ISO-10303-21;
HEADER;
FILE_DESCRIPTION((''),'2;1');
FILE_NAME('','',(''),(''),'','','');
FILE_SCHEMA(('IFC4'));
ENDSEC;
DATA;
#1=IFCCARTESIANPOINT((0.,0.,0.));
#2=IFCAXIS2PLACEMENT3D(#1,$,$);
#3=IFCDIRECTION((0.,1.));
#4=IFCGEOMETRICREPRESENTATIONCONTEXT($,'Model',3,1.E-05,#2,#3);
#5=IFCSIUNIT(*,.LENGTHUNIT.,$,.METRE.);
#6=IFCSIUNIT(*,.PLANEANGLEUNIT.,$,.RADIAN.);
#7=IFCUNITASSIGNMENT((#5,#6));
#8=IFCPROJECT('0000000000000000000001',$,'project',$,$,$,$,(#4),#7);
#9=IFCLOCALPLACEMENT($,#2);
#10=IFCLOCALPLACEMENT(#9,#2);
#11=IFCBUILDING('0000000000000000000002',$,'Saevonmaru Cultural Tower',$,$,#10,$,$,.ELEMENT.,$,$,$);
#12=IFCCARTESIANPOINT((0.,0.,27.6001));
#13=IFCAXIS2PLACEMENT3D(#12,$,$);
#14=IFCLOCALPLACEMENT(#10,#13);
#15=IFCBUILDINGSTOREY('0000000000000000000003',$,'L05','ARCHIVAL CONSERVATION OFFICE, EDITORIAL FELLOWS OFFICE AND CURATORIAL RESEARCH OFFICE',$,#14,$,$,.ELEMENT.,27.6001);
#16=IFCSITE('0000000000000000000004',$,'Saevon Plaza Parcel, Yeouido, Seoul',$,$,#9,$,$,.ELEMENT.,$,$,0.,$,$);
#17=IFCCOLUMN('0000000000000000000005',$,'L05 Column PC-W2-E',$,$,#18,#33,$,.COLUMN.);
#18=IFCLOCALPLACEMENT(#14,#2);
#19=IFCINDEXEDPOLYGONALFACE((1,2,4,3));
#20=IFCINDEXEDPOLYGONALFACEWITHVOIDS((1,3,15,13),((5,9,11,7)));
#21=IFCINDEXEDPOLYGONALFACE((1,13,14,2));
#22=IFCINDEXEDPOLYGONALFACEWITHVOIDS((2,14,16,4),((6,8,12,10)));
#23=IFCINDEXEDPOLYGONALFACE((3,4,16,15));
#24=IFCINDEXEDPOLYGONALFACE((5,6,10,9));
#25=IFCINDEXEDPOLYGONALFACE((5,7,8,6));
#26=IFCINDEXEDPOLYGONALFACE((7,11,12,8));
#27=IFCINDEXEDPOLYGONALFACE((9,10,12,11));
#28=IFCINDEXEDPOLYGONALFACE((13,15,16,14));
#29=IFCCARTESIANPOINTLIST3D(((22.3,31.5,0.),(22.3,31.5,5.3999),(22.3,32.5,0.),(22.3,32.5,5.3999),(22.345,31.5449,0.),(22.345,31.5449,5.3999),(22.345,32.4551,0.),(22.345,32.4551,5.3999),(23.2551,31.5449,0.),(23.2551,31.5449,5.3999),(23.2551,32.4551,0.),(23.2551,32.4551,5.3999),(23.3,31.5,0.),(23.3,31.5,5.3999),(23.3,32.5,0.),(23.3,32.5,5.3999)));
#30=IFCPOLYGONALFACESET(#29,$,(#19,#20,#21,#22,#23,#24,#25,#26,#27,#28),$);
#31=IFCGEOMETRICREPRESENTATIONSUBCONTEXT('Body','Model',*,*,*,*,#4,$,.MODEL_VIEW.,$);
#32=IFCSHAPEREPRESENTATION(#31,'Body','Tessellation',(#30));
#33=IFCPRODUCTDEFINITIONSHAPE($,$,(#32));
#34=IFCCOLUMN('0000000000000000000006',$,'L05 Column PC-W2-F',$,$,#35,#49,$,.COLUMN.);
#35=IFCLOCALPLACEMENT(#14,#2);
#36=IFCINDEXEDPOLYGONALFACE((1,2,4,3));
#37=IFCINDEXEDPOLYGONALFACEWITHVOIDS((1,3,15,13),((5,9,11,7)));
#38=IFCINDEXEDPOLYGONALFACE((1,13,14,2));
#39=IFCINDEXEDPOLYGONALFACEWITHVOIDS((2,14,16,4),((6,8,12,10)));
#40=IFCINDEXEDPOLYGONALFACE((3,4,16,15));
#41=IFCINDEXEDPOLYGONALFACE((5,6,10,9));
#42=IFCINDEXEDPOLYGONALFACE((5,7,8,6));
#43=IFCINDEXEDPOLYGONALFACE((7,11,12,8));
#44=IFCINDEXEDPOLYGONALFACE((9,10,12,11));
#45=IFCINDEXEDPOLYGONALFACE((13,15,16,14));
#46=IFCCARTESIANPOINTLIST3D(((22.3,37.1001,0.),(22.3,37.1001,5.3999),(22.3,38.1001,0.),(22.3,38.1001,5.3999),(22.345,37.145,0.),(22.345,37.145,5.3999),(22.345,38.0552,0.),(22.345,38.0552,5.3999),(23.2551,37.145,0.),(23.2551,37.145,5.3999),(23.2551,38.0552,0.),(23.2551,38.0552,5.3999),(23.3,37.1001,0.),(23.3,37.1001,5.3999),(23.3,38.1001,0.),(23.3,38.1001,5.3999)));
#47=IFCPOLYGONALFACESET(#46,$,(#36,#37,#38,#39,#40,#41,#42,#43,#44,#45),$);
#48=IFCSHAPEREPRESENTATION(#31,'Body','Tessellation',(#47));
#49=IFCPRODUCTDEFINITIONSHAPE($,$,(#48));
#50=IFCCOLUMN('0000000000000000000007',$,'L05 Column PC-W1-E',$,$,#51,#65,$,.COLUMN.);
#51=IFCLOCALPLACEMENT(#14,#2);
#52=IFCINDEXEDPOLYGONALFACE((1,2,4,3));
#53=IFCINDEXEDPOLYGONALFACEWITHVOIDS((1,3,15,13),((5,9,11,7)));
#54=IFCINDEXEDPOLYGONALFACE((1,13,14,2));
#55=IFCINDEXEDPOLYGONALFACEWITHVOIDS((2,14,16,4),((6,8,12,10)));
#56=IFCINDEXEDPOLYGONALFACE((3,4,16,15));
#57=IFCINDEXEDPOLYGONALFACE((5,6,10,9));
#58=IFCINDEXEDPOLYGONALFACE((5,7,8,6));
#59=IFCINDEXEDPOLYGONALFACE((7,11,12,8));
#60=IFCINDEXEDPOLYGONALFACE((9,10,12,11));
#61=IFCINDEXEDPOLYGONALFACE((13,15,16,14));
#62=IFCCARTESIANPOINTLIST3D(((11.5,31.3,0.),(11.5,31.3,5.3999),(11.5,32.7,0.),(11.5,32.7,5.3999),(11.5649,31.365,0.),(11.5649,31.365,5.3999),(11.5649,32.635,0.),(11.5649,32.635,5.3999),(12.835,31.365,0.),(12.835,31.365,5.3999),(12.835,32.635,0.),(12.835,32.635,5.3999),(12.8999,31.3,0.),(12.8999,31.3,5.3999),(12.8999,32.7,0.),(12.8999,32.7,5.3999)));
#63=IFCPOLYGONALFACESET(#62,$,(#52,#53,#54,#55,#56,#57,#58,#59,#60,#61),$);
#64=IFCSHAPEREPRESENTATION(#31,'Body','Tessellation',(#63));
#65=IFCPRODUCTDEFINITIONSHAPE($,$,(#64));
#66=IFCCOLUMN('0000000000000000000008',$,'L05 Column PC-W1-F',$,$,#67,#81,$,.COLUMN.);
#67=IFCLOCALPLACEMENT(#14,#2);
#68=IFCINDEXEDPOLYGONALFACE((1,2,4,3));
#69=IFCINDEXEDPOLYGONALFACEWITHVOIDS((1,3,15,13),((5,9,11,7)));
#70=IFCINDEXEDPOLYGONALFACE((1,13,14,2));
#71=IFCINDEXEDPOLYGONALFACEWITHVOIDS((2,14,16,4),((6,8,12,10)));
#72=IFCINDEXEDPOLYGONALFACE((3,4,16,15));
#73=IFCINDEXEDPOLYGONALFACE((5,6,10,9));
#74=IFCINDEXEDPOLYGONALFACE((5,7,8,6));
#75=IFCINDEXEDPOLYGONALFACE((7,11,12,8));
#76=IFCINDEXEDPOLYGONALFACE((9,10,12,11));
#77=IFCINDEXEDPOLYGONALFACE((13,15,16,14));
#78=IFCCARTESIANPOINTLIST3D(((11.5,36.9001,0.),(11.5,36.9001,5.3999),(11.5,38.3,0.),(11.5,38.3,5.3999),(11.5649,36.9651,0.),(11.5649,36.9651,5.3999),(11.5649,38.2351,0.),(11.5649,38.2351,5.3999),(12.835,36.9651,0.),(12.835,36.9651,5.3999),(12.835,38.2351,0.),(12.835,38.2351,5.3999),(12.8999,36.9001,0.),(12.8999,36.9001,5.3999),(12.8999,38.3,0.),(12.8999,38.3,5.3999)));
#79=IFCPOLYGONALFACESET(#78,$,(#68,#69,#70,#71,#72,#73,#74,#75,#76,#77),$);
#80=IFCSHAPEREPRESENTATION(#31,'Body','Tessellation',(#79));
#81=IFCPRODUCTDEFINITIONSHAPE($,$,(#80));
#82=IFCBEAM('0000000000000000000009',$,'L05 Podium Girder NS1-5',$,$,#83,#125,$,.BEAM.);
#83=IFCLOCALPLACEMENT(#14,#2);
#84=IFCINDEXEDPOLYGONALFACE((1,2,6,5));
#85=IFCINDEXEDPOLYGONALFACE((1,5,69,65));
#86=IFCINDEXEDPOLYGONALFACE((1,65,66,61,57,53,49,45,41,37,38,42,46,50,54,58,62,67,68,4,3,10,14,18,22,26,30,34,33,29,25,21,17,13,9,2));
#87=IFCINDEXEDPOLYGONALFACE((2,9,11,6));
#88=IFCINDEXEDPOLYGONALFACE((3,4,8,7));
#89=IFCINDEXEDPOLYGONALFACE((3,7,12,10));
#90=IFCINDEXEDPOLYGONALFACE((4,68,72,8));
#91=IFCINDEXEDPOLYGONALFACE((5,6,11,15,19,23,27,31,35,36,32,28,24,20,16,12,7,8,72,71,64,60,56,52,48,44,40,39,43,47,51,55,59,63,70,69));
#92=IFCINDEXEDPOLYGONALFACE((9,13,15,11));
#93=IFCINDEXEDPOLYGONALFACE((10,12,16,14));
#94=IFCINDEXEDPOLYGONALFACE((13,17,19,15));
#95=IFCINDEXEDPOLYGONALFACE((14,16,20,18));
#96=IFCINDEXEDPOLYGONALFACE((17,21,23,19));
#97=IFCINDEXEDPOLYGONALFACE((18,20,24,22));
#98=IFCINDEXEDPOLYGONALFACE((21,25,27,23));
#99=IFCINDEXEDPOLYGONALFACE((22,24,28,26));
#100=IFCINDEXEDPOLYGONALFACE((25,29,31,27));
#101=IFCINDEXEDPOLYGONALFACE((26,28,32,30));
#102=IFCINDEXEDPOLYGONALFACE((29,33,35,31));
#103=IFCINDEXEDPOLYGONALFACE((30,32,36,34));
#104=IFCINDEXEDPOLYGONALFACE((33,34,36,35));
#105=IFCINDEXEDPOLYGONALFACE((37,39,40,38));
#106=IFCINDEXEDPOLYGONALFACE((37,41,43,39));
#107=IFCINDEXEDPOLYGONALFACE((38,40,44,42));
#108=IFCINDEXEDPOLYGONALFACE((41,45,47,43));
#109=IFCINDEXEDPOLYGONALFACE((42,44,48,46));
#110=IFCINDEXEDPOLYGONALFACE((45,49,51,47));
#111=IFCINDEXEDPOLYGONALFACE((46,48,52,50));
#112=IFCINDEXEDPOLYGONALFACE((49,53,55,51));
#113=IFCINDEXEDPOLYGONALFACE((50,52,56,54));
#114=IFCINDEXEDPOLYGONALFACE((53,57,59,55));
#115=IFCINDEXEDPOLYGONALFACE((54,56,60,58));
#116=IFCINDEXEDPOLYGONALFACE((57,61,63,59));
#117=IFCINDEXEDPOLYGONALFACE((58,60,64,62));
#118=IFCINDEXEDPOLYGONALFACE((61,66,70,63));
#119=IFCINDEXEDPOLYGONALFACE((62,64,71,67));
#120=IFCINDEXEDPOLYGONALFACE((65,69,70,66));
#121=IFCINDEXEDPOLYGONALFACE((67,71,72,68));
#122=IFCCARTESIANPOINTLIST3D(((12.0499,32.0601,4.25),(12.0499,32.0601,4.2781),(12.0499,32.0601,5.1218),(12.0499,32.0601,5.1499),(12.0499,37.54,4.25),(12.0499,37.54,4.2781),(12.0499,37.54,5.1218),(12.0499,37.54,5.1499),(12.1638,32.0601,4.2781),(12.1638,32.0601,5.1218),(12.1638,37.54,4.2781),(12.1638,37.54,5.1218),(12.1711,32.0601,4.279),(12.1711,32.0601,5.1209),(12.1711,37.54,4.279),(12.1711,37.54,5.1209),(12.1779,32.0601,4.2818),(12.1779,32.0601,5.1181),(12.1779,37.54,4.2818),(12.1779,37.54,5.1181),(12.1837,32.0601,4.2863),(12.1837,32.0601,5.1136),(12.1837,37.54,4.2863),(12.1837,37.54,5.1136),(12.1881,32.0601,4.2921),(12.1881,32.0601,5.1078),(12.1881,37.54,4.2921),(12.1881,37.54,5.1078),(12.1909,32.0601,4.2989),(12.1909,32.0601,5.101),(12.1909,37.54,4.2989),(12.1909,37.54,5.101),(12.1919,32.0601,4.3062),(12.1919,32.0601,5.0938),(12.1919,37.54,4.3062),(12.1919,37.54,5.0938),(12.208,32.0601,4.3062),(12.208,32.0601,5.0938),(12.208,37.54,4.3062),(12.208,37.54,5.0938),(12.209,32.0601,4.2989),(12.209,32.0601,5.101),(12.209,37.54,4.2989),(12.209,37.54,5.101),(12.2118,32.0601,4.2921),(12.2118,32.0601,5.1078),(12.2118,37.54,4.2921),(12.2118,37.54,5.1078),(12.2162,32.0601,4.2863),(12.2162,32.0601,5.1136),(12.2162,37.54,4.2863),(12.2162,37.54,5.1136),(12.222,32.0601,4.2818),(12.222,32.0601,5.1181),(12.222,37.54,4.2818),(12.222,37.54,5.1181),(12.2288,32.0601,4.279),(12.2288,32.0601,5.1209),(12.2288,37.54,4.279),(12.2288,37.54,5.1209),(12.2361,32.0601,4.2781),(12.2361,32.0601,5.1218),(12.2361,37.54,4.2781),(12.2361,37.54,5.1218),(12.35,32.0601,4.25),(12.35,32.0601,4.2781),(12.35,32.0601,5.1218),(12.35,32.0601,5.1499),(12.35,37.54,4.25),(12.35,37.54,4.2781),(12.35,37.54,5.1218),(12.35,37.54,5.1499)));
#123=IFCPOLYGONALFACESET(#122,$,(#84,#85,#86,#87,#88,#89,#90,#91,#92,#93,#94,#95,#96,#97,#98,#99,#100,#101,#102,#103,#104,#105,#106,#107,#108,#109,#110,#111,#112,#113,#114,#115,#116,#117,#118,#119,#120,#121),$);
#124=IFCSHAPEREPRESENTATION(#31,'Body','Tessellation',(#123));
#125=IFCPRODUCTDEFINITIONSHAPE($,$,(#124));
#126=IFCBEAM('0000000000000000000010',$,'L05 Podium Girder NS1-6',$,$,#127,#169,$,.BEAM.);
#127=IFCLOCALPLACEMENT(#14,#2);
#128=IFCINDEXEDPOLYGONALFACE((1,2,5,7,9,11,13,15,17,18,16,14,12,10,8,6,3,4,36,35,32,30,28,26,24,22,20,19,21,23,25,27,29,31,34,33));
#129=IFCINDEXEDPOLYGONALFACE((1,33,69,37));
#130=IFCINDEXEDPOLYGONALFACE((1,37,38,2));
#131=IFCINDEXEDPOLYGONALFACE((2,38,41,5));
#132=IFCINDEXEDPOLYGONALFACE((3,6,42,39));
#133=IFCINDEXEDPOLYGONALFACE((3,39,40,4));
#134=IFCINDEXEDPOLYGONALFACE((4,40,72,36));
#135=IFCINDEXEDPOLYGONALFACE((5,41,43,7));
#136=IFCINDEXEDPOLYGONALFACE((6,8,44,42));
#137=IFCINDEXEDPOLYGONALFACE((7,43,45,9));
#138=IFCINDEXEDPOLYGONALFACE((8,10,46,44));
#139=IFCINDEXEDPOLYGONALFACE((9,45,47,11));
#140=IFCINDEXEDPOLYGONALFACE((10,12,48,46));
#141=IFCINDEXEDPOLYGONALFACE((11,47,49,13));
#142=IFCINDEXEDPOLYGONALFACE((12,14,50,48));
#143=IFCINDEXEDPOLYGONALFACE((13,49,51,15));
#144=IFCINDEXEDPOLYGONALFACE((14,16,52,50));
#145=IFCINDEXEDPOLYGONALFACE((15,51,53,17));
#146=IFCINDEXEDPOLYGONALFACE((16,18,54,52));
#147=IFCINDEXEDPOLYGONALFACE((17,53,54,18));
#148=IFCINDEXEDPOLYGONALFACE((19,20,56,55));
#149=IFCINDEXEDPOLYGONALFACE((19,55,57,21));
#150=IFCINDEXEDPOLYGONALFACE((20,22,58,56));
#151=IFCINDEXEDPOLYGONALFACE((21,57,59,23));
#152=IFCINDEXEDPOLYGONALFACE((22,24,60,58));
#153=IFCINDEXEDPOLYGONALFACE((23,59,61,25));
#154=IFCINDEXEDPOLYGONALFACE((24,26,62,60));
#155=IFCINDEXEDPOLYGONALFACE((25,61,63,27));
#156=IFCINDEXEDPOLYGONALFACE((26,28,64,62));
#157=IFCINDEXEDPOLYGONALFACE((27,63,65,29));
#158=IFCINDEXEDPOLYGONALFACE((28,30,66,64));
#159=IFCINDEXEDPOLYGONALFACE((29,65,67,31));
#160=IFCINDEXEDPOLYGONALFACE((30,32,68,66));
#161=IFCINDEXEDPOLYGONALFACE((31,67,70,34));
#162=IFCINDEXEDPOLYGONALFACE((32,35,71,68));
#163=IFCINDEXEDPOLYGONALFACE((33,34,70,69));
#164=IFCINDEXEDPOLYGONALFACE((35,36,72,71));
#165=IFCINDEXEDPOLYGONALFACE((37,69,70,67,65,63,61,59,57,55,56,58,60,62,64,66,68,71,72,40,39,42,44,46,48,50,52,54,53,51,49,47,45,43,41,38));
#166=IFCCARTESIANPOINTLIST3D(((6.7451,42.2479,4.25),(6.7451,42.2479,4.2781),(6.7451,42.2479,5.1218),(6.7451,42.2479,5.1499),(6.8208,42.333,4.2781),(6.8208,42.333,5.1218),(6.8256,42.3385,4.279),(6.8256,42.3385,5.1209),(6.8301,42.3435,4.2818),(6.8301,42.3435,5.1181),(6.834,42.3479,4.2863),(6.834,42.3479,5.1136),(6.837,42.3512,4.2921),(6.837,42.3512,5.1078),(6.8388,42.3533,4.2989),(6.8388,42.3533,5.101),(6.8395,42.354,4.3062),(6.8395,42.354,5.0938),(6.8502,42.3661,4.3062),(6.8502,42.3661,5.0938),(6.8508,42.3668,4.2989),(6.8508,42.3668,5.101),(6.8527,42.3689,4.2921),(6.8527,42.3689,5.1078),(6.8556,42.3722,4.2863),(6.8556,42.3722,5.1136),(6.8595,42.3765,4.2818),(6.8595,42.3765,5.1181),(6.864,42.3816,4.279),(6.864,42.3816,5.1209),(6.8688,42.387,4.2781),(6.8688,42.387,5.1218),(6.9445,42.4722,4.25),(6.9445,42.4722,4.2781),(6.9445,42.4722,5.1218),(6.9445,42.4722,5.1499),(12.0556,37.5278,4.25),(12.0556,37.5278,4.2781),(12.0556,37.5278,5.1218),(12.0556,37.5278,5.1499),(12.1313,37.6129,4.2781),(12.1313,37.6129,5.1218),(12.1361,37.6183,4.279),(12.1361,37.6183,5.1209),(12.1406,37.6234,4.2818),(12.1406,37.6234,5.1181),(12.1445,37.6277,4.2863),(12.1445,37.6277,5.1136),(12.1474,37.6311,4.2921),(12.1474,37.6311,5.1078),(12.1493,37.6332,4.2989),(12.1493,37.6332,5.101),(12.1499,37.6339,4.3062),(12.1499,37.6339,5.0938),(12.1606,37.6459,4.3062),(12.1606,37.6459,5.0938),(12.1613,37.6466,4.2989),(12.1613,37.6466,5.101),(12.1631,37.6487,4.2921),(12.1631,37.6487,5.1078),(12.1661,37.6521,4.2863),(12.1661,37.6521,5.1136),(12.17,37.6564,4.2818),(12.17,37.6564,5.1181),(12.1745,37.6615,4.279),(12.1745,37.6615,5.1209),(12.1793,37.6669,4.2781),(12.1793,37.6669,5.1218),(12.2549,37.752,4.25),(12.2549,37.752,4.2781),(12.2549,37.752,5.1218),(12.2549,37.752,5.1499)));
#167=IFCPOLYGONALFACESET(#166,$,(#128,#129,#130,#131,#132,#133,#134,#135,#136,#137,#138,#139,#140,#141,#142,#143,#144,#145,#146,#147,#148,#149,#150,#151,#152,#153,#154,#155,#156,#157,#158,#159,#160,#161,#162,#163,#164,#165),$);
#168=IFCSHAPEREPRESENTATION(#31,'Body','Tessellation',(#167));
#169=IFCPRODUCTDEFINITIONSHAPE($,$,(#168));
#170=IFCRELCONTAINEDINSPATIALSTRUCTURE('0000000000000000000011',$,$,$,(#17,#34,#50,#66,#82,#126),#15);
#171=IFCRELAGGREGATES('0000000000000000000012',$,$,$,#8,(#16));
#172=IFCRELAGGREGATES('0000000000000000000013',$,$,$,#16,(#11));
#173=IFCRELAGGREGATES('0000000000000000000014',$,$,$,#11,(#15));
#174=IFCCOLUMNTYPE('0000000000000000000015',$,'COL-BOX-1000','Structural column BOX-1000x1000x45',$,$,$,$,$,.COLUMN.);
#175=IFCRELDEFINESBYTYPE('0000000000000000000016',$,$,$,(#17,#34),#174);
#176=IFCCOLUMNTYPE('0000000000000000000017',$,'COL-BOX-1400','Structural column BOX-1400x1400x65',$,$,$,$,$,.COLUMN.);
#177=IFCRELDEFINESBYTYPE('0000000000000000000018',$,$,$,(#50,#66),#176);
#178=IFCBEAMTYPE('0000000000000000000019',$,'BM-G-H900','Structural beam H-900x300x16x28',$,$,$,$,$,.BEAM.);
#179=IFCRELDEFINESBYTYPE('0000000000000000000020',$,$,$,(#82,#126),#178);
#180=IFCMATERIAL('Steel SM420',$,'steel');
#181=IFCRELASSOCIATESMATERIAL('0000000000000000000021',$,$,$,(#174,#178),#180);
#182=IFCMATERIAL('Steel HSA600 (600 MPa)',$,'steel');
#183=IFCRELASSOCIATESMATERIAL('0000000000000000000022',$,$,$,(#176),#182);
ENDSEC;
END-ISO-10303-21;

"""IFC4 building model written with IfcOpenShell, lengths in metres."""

from ifc_helpers import new_model, si_unit, direction, frame, origin, origin_2d, place, context, subcontext, project, spatial, hollow_rectangle, i_section, extrude, material, material_profile, profile_set, type_object, element, save


model = new_model("IFC4")

# Units and contexts
model_context = context("Model", 3, precision=1e-05, world=origin(), true_north=direction((0.0, 1.0)))
body_context = subcontext(model_context, "Body", "Model", "MODEL_VIEW")
ifc_project = project(units=[si_unit("LENGTHUNIT", "METRE"), si_unit("PLANEANGLEUNIT", "RADIAN")], contexts=[model_context])

# Site, building, storey
site_placement = place(None, origin())
site = spatial("IfcSite", under=ifc_project, at=site_placement, Name="Saevon Plaza Parcel, Yeouido, Seoul", CompositionType="ELEMENT", RefElevation=0.0)
building_placement = place(site_placement, origin())
building = spatial("IfcBuilding", under=site, at=building_placement, Name="Saevonmaru Cultural Tower", CompositionType="ELEMENT")
storey_placement = place(building_placement, frame((0.0, 0.0, 27.6001)))
storey = spatial("IfcBuildingStorey", under=building, at=storey_placement, Name="L05", Description="ARCHIVAL CONSERVATION OFFICE, EDITORIAL FELLOWS OFFICE AND CURATORIAL RESEARCH OFFICE", CompositionType="ELEMENT", Elevation=27.6001)

# Columns
ifc_material_1 = material(Name="Steel SM420", Category="steel")
ifc_material_profile_1 = material_profile(ifc_material_1, hollow_rectangle(XDim=1.0, YDim=1.0, WallThickness=0.0449, at=origin_2d()), Name="BOX-1000x1000x45")
ifc_profile_set_1 = profile_set([ifc_material_profile_1], Name="Steel SM420")
column_type_1 = type_object("IfcColumnType", Name="COL-BOX-1000", Description="Structural column BOX-1000x1000x45", PredefinedType="COLUMN", material=ifc_profile_set_1)
for number, where, z_axis, x_axis, name in (
    (1, (22.8, 32.0, 0.0), (0.0, 0.0, 1.0), (1.0, 0.0, 0.0), "L05 Column PC-W2-E"),
    (2, (22.8, 37.6001, 0.0), (0.0, 0.0, 1.0), (1.0, 0.0, 0.0), "L05 Column PC-W2-F"),
):
    element("IfcColumn", number, at=place(storey_placement, frame(where, z_axis=z_axis, x_axis=x_axis)), inside=storey, type_object=column_type_1, Name=name, PredefinedType="COLUMN", context=body_context, shape_type="SweptSolid", body=[
        extrude(hollow_rectangle(XDim=1.0, YDim=1.0, WallThickness=0.0449, at=origin_2d()), origin(), (0.0, 0.0, 1.0), 5.3999),
    ])
ifc_material_2 = material(Name="Steel HSA600 (600 MPa)", Category="steel")
ifc_material_profile_2 = material_profile(ifc_material_2, hollow_rectangle(XDim=1.3999, YDim=1.3999, WallThickness=0.0649, at=origin_2d()), Name="BOX-1400x1400x65")
ifc_profile_set_2 = profile_set([ifc_material_profile_2], Name="Steel HSA600 (600 MPa)")
column_type_2 = type_object("IfcColumnType", Name="COL-BOX-1400", Description="Structural column BOX-1400x1400x65", PredefinedType="COLUMN", material=ifc_profile_set_2)
for number, where, z_axis, x_axis, name in (
    (3, (12.2, 32.0, 0.0), (0.0, 0.0, 1.0), (1.0, 0.0, 0.0), "L05 Column PC-W1-E"),
    (4, (12.2, 37.6001, 0.0), (0.0, 0.0, 1.0), (1.0, 0.0, 0.0), "L05 Column PC-W1-F"),
):
    element("IfcColumn", number, at=place(storey_placement, frame(where, z_axis=z_axis, x_axis=x_axis)), inside=storey, type_object=column_type_2, Name=name, PredefinedType="COLUMN", context=body_context, shape_type="SweptSolid", body=[
        extrude(hollow_rectangle(XDim=1.3999, YDim=1.3999, WallThickness=0.0649, at=origin_2d()), origin(), (0.0, 0.0, 1.0), 5.3999),
    ])

# Beams
ifc_material_profile_3 = material_profile(ifc_material_1, i_section(OverallWidth=0.3, OverallDepth=0.8999, WebThickness=0.0161, FlangeThickness=0.0281, FilletRadius=0.0281, at=origin_2d()), Name="H-900x300x16x28")
ifc_profile_set_3 = profile_set([ifc_material_profile_3], Name="Steel SM420")
beam_type_1 = type_object("IfcBeamType", Name="BM-G-H900", Description="Structural beam H-900x300x16x28", PredefinedType="BEAM", material=ifc_profile_set_3)
beam_1_placement = place(storey_placement, frame((12.2, 32.0601, 4.7), z_axis=(0.0, 1.0, 0.0), x_axis=(-1.0, 0.0, 0.0)))
element("IfcBeam", 5, at=beam_1_placement, inside=storey, type_object=beam_type_1, Name="L05 Podium Girder NS1-5", PredefinedType="BEAM", context=body_context, shape_type="SweptSolid", body=[
    extrude(i_section(OverallWidth=0.3, OverallDepth=0.8999, WebThickness=0.0161, FlangeThickness=0.0281, FilletRadius=0.0281, at=origin_2d()), origin(), (0.0, 0.0, 1.0), 5.48),
])
beam_2_placement = place(storey_placement, frame((12.1553, 37.6399, 4.7), z_axis=(-0.747428, 0.664343, 0.0), x_axis=(-0.664343, -0.747428, 0.0)))
element("IfcBeam", 6, at=beam_2_placement, inside=storey, type_object=beam_type_1, Name="L05 Podium Girder NS1-6", PredefinedType="BEAM", context=body_context, shape_type="SweptSolid", body=[
    extrude(i_section(OverallWidth=0.3, OverallDepth=0.8999, WebThickness=0.0161, FlangeThickness=0.0281, FilletRadius=0.0281, at=origin_2d()), origin(), (0.0, 0.0, 1.0), 7.105),
])

save(model, "model.ifc")
